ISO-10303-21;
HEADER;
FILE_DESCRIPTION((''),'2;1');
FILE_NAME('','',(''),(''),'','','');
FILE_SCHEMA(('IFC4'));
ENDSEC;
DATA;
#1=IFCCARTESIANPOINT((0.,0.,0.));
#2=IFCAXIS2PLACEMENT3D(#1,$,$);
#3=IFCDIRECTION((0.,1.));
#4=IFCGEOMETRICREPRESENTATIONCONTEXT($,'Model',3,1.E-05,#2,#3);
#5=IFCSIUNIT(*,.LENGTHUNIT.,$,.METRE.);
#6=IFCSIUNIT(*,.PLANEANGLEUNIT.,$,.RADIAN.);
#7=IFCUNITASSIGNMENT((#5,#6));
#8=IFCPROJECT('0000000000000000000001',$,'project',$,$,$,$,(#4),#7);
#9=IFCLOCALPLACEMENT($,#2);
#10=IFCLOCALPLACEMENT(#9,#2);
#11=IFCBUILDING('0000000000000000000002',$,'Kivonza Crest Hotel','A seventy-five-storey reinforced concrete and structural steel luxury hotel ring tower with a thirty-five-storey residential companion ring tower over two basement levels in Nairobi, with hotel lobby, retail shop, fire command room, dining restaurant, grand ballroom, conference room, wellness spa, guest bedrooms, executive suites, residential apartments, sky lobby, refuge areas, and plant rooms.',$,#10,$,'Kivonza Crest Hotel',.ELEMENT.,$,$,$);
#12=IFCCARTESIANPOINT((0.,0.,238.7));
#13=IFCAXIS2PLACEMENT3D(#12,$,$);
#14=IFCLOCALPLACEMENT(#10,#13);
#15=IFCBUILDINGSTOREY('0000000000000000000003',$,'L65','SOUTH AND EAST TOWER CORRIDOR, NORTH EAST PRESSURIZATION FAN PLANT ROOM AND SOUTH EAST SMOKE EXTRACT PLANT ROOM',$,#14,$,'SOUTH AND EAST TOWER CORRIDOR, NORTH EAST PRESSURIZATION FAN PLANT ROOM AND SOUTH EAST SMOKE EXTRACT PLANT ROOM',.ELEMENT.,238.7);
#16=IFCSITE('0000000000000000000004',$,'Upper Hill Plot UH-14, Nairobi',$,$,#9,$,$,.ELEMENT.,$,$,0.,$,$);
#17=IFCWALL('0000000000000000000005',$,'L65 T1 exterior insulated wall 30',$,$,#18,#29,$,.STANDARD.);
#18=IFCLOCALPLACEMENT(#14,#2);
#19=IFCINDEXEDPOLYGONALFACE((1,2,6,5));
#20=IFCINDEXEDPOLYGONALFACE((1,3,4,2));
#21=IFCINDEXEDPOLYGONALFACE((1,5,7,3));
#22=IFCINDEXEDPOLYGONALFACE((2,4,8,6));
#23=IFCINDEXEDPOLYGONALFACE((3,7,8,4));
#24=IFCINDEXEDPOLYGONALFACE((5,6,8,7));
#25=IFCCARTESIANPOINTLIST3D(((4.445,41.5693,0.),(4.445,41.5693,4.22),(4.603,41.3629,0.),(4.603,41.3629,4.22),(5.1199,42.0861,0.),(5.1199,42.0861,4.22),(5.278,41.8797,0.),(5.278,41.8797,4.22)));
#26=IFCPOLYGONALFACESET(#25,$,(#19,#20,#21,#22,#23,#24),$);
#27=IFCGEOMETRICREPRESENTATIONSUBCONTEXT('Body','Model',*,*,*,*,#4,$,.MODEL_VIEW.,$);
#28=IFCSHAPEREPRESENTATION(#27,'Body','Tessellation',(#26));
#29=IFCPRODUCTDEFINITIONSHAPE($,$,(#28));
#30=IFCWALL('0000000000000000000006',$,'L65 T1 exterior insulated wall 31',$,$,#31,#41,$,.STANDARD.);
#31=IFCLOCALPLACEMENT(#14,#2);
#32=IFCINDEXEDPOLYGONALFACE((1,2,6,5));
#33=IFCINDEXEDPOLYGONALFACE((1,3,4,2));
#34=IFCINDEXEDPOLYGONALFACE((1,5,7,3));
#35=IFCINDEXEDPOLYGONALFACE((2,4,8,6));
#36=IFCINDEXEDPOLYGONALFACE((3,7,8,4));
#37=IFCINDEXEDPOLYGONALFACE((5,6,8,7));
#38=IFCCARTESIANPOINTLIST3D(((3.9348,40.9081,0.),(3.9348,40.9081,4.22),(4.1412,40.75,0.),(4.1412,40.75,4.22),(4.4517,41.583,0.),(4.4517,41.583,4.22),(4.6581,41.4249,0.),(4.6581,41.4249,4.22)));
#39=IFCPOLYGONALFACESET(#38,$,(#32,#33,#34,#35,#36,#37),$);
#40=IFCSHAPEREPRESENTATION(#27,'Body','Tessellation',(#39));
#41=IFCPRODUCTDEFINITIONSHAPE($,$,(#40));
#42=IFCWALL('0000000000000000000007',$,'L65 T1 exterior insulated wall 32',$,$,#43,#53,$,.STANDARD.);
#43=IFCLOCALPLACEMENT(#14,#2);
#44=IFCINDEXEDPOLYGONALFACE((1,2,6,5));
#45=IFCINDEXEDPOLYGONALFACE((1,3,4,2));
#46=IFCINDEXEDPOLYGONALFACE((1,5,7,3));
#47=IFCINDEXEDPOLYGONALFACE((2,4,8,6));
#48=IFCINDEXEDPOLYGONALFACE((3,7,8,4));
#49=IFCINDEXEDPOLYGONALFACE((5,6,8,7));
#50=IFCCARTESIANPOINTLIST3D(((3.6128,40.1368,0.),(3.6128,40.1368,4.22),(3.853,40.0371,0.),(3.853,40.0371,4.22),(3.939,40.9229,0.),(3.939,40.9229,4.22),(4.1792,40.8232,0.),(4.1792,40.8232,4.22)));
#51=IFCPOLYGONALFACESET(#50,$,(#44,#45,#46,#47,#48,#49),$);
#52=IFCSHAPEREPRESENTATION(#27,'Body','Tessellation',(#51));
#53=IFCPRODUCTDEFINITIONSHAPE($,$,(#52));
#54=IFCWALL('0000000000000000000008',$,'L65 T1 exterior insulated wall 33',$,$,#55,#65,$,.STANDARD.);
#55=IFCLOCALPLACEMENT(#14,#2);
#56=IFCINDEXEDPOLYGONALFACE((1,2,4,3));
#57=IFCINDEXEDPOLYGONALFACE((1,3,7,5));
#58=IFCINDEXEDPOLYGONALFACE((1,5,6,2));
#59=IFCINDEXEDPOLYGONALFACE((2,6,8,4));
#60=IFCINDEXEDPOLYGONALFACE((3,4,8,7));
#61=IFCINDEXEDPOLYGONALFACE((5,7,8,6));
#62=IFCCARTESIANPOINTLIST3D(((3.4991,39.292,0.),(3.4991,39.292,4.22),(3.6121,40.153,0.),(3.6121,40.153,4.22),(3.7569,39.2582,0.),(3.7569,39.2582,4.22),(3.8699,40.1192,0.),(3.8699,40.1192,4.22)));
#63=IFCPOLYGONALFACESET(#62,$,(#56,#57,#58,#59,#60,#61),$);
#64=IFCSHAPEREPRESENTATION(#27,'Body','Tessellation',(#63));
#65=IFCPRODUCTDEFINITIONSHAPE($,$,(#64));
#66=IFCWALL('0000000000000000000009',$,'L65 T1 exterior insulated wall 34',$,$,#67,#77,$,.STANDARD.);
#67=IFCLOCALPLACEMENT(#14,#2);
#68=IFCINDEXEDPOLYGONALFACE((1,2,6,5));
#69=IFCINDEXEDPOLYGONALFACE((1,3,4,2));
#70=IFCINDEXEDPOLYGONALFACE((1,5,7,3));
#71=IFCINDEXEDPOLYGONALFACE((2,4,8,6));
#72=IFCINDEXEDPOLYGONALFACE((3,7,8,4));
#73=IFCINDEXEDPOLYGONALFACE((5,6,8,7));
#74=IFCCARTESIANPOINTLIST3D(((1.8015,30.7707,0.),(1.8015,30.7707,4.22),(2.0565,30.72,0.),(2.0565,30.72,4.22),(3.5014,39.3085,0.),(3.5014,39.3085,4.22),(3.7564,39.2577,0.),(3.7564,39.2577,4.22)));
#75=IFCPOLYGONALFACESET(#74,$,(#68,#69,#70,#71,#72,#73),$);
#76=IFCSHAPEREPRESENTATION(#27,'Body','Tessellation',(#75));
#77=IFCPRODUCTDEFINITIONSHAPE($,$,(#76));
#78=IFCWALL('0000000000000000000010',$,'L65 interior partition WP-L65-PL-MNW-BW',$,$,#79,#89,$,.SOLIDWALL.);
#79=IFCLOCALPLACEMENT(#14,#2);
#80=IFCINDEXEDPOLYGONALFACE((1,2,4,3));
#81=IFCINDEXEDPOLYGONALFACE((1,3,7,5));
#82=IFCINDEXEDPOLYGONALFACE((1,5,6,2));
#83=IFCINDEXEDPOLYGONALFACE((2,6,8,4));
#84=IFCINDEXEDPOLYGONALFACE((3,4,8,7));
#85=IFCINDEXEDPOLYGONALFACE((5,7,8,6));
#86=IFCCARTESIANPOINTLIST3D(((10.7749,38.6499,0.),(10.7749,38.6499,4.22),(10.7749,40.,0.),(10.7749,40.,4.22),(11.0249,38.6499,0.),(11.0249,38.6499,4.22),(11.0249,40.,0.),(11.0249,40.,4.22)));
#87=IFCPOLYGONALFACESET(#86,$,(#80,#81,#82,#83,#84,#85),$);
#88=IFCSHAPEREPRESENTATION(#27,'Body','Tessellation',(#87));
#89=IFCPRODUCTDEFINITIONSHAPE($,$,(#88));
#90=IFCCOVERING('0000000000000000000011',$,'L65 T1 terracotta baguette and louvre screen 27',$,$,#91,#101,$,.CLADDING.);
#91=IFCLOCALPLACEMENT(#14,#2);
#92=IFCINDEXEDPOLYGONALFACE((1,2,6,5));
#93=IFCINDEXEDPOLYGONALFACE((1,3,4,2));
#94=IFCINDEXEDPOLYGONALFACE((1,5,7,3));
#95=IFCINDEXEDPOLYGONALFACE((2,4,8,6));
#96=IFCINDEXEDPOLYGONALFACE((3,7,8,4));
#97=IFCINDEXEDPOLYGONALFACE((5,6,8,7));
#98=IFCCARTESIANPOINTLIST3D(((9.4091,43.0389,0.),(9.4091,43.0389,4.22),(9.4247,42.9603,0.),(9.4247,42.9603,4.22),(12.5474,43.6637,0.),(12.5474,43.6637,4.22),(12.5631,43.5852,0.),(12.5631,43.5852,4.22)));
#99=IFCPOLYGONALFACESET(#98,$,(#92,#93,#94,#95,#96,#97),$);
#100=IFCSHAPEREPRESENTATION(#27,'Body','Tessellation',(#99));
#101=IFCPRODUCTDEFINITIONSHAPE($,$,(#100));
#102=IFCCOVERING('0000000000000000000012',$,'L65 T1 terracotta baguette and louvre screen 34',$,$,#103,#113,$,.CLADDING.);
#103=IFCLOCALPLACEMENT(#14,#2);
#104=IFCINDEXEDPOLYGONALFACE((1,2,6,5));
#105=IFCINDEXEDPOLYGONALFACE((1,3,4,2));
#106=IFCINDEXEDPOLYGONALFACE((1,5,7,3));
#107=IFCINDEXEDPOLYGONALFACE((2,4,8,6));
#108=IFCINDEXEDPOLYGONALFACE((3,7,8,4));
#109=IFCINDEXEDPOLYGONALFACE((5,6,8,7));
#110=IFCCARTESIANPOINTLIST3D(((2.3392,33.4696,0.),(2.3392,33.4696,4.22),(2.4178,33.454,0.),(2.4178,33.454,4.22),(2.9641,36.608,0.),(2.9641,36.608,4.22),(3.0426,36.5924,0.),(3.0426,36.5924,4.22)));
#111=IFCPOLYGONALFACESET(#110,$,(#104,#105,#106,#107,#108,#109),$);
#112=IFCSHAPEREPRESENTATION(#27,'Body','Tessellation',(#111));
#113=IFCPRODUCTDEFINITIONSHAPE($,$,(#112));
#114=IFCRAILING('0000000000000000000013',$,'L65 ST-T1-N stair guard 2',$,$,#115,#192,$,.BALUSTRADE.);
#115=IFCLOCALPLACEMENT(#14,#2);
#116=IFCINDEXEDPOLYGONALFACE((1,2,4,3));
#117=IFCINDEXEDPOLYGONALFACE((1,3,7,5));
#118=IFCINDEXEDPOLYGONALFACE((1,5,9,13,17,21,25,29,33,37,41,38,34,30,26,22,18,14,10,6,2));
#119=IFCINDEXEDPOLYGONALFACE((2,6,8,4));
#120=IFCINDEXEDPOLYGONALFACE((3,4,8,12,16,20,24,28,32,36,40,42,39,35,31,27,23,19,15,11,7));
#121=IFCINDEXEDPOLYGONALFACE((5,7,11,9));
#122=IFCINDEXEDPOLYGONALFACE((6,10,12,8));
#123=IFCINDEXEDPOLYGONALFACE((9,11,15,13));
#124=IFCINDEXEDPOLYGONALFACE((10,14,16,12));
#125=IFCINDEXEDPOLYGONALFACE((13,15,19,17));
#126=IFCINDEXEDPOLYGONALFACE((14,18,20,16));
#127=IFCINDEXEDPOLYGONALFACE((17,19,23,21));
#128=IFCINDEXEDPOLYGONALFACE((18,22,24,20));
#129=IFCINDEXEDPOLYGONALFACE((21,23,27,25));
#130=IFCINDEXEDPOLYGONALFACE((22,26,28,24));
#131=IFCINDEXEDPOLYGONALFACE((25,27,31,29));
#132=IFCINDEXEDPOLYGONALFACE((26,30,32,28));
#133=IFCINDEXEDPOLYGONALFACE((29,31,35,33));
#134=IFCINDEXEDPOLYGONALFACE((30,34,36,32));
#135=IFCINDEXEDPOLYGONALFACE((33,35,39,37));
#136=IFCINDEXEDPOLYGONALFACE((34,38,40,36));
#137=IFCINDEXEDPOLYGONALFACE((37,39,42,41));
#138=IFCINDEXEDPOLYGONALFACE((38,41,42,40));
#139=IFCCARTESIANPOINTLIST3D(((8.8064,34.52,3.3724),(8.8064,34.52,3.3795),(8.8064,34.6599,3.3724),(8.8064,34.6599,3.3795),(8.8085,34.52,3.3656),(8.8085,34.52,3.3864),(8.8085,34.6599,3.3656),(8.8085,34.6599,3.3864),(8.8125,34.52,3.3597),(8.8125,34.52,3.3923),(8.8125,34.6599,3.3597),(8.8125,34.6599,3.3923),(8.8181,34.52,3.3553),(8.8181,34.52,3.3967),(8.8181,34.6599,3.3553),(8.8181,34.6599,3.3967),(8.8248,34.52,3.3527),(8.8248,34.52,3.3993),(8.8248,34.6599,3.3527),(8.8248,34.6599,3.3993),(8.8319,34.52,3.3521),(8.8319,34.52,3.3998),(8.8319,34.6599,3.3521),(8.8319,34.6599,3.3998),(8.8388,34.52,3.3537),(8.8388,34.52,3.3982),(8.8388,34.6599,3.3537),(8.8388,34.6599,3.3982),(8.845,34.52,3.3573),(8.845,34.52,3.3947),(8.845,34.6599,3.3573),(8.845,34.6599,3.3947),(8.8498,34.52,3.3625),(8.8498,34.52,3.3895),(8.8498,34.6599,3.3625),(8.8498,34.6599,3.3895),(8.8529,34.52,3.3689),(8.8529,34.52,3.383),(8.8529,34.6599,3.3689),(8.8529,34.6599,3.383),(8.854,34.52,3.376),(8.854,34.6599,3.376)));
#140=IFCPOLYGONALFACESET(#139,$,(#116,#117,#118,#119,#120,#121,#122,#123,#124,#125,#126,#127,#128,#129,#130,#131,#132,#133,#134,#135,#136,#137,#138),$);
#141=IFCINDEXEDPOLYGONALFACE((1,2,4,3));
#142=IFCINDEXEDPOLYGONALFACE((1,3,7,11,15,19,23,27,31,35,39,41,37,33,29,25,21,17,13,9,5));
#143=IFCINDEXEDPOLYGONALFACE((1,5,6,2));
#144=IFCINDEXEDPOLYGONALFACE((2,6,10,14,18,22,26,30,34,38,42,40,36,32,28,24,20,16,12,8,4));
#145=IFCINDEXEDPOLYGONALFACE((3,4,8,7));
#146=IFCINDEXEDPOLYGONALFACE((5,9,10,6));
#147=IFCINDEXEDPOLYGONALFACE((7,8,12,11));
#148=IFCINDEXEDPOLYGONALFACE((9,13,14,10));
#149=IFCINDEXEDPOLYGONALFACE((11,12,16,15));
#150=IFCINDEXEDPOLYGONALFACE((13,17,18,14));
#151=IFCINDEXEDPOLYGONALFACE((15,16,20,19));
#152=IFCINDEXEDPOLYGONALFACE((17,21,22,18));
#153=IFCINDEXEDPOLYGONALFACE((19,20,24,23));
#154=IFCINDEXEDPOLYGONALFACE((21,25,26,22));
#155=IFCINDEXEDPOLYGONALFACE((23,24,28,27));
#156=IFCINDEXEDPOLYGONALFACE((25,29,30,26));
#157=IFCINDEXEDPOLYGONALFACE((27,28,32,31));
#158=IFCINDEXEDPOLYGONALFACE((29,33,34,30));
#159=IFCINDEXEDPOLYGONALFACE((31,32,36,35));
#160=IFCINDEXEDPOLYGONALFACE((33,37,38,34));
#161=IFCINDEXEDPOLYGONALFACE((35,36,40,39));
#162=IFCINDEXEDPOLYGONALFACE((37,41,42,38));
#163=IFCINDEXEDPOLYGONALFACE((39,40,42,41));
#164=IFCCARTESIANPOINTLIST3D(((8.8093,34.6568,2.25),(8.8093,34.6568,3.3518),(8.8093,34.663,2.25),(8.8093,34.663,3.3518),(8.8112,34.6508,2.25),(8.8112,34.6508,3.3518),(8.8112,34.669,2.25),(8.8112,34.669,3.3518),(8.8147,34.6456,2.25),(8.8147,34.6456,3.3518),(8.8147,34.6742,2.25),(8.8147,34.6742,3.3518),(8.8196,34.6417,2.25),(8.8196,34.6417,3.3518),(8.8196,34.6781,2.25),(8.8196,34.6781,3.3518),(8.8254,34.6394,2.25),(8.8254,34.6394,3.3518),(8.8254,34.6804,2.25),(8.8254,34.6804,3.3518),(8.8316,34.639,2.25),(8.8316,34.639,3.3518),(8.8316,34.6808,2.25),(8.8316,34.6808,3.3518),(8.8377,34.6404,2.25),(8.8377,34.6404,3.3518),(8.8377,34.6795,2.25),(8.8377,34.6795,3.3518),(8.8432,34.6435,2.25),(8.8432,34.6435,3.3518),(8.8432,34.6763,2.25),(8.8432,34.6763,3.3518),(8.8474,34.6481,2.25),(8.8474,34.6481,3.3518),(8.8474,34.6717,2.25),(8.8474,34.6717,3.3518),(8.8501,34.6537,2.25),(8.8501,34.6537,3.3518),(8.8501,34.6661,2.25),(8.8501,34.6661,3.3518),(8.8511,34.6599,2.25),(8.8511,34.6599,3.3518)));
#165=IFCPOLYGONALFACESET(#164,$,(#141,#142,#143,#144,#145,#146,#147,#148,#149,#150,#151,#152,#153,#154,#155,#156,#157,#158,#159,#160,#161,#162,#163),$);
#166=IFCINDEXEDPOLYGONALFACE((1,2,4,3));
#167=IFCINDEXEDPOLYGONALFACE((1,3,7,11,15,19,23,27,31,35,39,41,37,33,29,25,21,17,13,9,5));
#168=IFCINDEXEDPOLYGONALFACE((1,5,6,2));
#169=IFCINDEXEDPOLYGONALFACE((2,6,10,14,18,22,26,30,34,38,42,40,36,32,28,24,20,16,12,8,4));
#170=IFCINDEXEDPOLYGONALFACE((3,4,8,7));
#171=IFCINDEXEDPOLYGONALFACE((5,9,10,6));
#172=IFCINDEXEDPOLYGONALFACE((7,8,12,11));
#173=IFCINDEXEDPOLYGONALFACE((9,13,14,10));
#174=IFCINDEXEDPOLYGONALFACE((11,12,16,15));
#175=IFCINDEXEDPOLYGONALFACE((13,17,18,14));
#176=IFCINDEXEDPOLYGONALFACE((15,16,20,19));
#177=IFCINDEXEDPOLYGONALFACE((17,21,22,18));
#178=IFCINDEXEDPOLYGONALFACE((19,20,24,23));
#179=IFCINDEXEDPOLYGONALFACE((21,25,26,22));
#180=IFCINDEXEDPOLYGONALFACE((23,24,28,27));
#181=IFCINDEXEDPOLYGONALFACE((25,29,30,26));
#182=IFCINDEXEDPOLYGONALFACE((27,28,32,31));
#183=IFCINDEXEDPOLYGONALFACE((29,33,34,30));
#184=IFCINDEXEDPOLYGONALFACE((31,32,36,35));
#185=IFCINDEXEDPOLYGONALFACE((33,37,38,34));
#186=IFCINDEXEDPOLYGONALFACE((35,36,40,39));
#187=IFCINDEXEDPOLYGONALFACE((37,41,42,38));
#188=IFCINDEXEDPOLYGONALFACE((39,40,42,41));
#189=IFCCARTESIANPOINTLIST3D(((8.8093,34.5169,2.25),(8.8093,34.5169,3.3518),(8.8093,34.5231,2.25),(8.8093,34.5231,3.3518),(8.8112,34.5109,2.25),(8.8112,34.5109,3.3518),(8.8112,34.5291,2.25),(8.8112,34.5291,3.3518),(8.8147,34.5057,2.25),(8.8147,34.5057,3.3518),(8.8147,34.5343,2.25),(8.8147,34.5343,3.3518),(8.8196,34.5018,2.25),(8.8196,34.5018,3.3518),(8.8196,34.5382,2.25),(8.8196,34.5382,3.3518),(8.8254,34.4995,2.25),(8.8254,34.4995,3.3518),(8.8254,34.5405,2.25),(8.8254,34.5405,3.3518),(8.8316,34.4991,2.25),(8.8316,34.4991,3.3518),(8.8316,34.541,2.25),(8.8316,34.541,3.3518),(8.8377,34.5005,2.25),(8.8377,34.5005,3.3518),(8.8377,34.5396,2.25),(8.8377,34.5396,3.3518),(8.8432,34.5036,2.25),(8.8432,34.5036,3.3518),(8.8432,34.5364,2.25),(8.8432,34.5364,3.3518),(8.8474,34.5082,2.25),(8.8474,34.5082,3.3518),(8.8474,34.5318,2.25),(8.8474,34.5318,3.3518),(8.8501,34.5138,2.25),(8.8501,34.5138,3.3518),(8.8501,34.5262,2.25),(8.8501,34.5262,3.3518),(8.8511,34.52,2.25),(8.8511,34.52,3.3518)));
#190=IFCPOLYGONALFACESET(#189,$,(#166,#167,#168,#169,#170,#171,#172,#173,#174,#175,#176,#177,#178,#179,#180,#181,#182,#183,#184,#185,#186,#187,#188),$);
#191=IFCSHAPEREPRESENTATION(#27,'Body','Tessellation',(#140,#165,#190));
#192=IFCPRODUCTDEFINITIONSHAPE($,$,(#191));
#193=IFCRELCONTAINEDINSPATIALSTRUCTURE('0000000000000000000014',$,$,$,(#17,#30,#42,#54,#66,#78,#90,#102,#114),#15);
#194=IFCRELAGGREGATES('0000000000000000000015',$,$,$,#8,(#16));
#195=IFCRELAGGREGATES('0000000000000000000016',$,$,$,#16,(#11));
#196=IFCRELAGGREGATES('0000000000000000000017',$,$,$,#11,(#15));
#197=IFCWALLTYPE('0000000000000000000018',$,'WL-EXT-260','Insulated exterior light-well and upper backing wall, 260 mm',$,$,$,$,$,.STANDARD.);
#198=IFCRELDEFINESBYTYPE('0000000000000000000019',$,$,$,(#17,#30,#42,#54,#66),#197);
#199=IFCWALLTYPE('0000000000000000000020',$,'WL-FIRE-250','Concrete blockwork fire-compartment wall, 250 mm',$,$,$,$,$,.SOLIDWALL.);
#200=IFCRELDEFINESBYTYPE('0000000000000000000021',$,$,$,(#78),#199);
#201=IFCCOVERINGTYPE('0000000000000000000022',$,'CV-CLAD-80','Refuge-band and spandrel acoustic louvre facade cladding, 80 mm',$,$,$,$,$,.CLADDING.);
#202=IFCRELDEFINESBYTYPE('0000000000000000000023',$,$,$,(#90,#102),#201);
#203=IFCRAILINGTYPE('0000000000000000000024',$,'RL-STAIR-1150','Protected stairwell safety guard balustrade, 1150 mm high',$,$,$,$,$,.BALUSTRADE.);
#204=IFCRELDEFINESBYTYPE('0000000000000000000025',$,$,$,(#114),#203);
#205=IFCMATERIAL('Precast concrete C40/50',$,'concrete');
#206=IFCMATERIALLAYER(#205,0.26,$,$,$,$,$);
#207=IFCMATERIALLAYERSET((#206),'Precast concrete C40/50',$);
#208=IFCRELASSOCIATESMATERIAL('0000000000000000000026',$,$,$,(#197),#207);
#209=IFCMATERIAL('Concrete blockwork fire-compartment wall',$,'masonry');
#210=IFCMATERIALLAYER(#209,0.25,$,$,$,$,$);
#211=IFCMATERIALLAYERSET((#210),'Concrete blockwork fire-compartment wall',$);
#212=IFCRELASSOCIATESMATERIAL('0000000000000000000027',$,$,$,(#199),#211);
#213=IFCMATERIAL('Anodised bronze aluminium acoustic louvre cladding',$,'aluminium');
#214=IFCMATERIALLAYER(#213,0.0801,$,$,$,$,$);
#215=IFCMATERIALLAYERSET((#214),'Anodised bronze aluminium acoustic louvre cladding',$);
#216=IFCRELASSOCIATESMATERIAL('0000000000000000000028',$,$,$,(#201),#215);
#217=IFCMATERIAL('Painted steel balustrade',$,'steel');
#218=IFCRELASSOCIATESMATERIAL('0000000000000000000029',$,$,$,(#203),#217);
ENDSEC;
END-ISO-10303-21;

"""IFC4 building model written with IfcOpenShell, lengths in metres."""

from ifc_helpers import new_model, si_unit, direction, frame, frame_2d, origin, origin_2d, place, context, subcontext, project, spatial, rectangle, circle, extrude, material, layer, layer_set, type_object, element, save


model = new_model("IFC4")

# Units and contexts
model_context = context("Model", 3, precision=1e-05, world=origin(), true_north=direction((0.0, 1.0)))
body_context = subcontext(model_context, "Body", "Model", "MODEL_VIEW")
ifc_project = project(units=[si_unit("LENGTHUNIT", "METRE"), si_unit("PLANEANGLEUNIT", "RADIAN")], contexts=[model_context])

# Site, building, storey
site_placement = place(None, origin())
site = spatial("IfcSite", under=ifc_project, at=site_placement, Name="Upper Hill Plot UH-14, Nairobi", CompositionType="ELEMENT", RefElevation=0.0)
building_placement = place(site_placement, origin())
building = spatial("IfcBuilding", under=site, at=building_placement, Name="Kivonza Crest Hotel", Description="A seventy-five-storey reinforced concrete and structural steel luxury hotel ring tower with a thirty-five-storey residential companion ring tower over two basement levels in Nairobi, with hotel lobby, retail shop, fire command room, dining restaurant, grand ballroom, conference room, wellness spa, guest bedrooms, executive suites, residential apartments, sky lobby, refuge areas, and plant rooms.", LongName="Kivonza Crest Hotel", CompositionType="ELEMENT")
storey_placement = place(building_placement, frame((0.0, 0.0, 238.7)))
storey = spatial("IfcBuildingStorey", under=building, at=storey_placement, Name="L65", Description="SOUTH AND EAST TOWER CORRIDOR, NORTH EAST PRESSURIZATION FAN PLANT ROOM AND SOUTH EAST SMOKE EXTRACT PLANT ROOM", LongName="SOUTH AND EAST TOWER CORRIDOR, NORTH EAST PRESSURIZATION FAN PLANT ROOM AND SOUTH EAST SMOKE EXTRACT PLANT ROOM", CompositionType="ELEMENT", Elevation=238.7)

# Walls
ifc_material_1 = material(Name="Precast concrete C40/50", Category="concrete")
ifc_layer_1 = layer(ifc_material_1, 0.26)
ifc_layer_set_1 = layer_set([ifc_layer_1], Name="Precast concrete C40/50")
wall_type_1 = type_object("IfcWallType", Name="WL-EXT-260", Description="Insulated exterior light-well and upper backing wall, 260 mm", PredefinedType="STANDARD", material=ifc_layer_set_1)
for number, where, z_axis, x_axis, name in (
    (1, (5.199, 41.9829, 0.0), (0.0, 0.0, 1.0), (-0.793999, -0.607919, 0.0), "L65 T1 exterior insulated wall 30"),
    (2, (4.5549, 41.5039, 0.0), (0.0, 0.0, 1.0), (-0.608058, -0.793893, 0.0), "L65 T1 exterior insulated wall 31"),
):
    element("IfcWall", number, at=place(storey_placement, frame(where, z_axis=z_axis, x_axis=x_axis)), inside=storey, type_object=wall_type_1, Name=name, PredefinedType="STANDARD", context=body_context, shape_type="SweptSolid", body=[
        extrude(rectangle(XDim=0.8501, YDim=0.26, at=frame_2d((0.425, 0.0))), origin(), (0.0, 0.0, 1.0), 4.22),
    ])
wall_1_placement = place(storey_placement, frame((4.0591, 40.873, 0.0), z_axis=(0.0, 0.0, 1.0), x_axis=(-0.38323, -0.923653, 0.0)))
element("IfcWall", 3, at=wall_1_placement, inside=storey, type_object=wall_type_1, Name="L65 T1 exterior insulated wall 32", PredefinedType="STANDARD", context=body_context, shape_type="SweptSolid", body=[
    extrude(rectangle(XDim=0.8511, YDim=0.26, at=frame_2d((0.4255, 0.0))), origin(), (0.0, 0.0, 1.0), 4.22),
])
wall_2_placement = place(storey_placement, frame((3.741, 40.136, 0.0), z_axis=(0.0, 0.0, 1.0), x_axis=(-0.130156, -0.991493, 0.0)))
element("IfcWall", 4, at=wall_2_placement, inside=storey, type_object=wall_type_1, Name="L65 T1 exterior insulated wall 33", PredefinedType="STANDARD", context=body_context, shape_type="SweptSolid", body=[
    extrude(rectangle(XDim=0.8684, YDim=0.26, at=frame_2d((0.4341, 0.0))), origin(), (0.0, 0.0, 1.0), 4.22),
])
wall_3_placement = place(storey_placement, frame((3.6289, 39.283, 0.0), z_axis=(0.0, 0.0, 1.0), x_axis=(-0.195275, -0.980749, 0.0)))
element("IfcWall", 5, at=wall_3_placement, inside=storey, type_object=wall_type_1, Name="L65 T1 exterior insulated wall 34", PredefinedType="STANDARD", context=body_context, shape_type="SweptSolid", body=[
    extrude(rectangle(XDim=8.7053, YDim=0.26, at=frame_2d((4.3525, 0.0))), origin(), (0.0, 0.0, 1.0), 4.22),
])
ifc_material_2 = material(Name="Concrete blockwork fire-compartment wall", Category="masonry")
ifc_layer_2 = layer(ifc_material_2, 0.25)
ifc_layer_set_2 = layer_set([ifc_layer_2], Name="Concrete blockwork fire-compartment wall")
wall_type_2 = type_object("IfcWallType", Name="WL-FIRE-250", Description="Concrete blockwork fire-compartment wall, 250 mm", PredefinedType="SOLIDWALL", material=ifc_layer_set_2)
wall_4_placement = place(storey_placement, frame((10.8999, 38.6499, 0.0), z_axis=(0.0, 0.0, 1.0), x_axis=(0.0, 1.0, 0.0)))
element("IfcWall", 6, at=wall_4_placement, inside=storey, type_object=wall_type_2, Name="L65 interior partition WP-L65-PL-MNW-BW", PredefinedType="SOLIDWALL", context=body_context, shape_type="SweptSolid", body=[
    extrude(rectangle(XDim=1.3501, YDim=0.25, at=frame_2d((0.675, 0.0))), origin(), (0.0, 0.0, 1.0), 4.22),
])

# Coverings
ifc_material_3 = material(Name="Anodised bronze aluminium acoustic louvre cladding", Category="aluminium")
ifc_layer_3 = layer(ifc_material_3, 0.0801)
ifc_layer_set_3 = layer_set([ifc_layer_3], Name="Anodised bronze aluminium acoustic louvre cladding")
covering_type = type_object("IfcCoveringType", Name="CV-CLAD-80", Description="Refuge-band and spandrel acoustic louvre facade cladding, 80 mm", PredefinedType="CLADDING", material=ifc_layer_set_3)
for number, where, z_axis, x_axis, name in (
    (7, (10.9861, 43.312, 0.0), (0.0, 0.0, 1.0), (-0.980751, -0.195261, 0.0), "L65 T1 terracotta baguette and louvre screen 27"),
    (8, (2.6909, 35.031, 0.0), (0.0, 0.0, 1.0), (-0.195261, -0.980751, 0.0), "L65 T1 terracotta baguette and louvre screen 34"),
):
    element("IfcCovering", number, at=place(storey_placement, frame(where, z_axis=z_axis, x_axis=x_axis)), inside=storey, type_object=covering_type, Name=name, PredefinedType="CLADDING", context=body_context, shape_type="SweptSolid", body=[
        extrude(rectangle(XDim=3.2, YDim=0.0801, at=origin_2d()), origin(), (0.0, 0.0, 1.0), 4.22),
    ])

# Railing
ifc_material_4 = material(Name="Painted steel balustrade", Category="steel")
railing_type = type_object("IfcRailingType", Name="RL-STAIR-1150", Description="Protected stairwell safety guard balustrade, 1150 mm high", PredefinedType="BALUSTRADE", material=ifc_material_4)
railing_placement = place(storey_placement, frame((8.8301, 34.6599, 2.25)))
element("IfcRailing", 9, at=railing_placement, inside=storey, type_object=railing_type, Name="L65 ST-T1-N stair guard 2", PredefinedType="BALUSTRADE", context=body_context, shape_type="SweptSolid", body=[
    extrude(circle(Radius=0.0239, at=origin_2d()), frame((0.0, 0.0, 1.126), z_axis=(0.0, -1.0, 0.0), x_axis=(1.0, 0.0, 0.0)), (0.0, 0.0, 1.0), 0.1399),
    extrude(circle(Radius=0.021, at=origin_2d()), origin(), (0.0, 0.0, 1.0), 1.1018),
    extrude(circle(Radius=0.021, at=origin_2d()), frame((0.0, -0.1399, 0.0)), (0.0, 0.0, 1.0), 1.1018),
])

save(model, "model.ifc")
